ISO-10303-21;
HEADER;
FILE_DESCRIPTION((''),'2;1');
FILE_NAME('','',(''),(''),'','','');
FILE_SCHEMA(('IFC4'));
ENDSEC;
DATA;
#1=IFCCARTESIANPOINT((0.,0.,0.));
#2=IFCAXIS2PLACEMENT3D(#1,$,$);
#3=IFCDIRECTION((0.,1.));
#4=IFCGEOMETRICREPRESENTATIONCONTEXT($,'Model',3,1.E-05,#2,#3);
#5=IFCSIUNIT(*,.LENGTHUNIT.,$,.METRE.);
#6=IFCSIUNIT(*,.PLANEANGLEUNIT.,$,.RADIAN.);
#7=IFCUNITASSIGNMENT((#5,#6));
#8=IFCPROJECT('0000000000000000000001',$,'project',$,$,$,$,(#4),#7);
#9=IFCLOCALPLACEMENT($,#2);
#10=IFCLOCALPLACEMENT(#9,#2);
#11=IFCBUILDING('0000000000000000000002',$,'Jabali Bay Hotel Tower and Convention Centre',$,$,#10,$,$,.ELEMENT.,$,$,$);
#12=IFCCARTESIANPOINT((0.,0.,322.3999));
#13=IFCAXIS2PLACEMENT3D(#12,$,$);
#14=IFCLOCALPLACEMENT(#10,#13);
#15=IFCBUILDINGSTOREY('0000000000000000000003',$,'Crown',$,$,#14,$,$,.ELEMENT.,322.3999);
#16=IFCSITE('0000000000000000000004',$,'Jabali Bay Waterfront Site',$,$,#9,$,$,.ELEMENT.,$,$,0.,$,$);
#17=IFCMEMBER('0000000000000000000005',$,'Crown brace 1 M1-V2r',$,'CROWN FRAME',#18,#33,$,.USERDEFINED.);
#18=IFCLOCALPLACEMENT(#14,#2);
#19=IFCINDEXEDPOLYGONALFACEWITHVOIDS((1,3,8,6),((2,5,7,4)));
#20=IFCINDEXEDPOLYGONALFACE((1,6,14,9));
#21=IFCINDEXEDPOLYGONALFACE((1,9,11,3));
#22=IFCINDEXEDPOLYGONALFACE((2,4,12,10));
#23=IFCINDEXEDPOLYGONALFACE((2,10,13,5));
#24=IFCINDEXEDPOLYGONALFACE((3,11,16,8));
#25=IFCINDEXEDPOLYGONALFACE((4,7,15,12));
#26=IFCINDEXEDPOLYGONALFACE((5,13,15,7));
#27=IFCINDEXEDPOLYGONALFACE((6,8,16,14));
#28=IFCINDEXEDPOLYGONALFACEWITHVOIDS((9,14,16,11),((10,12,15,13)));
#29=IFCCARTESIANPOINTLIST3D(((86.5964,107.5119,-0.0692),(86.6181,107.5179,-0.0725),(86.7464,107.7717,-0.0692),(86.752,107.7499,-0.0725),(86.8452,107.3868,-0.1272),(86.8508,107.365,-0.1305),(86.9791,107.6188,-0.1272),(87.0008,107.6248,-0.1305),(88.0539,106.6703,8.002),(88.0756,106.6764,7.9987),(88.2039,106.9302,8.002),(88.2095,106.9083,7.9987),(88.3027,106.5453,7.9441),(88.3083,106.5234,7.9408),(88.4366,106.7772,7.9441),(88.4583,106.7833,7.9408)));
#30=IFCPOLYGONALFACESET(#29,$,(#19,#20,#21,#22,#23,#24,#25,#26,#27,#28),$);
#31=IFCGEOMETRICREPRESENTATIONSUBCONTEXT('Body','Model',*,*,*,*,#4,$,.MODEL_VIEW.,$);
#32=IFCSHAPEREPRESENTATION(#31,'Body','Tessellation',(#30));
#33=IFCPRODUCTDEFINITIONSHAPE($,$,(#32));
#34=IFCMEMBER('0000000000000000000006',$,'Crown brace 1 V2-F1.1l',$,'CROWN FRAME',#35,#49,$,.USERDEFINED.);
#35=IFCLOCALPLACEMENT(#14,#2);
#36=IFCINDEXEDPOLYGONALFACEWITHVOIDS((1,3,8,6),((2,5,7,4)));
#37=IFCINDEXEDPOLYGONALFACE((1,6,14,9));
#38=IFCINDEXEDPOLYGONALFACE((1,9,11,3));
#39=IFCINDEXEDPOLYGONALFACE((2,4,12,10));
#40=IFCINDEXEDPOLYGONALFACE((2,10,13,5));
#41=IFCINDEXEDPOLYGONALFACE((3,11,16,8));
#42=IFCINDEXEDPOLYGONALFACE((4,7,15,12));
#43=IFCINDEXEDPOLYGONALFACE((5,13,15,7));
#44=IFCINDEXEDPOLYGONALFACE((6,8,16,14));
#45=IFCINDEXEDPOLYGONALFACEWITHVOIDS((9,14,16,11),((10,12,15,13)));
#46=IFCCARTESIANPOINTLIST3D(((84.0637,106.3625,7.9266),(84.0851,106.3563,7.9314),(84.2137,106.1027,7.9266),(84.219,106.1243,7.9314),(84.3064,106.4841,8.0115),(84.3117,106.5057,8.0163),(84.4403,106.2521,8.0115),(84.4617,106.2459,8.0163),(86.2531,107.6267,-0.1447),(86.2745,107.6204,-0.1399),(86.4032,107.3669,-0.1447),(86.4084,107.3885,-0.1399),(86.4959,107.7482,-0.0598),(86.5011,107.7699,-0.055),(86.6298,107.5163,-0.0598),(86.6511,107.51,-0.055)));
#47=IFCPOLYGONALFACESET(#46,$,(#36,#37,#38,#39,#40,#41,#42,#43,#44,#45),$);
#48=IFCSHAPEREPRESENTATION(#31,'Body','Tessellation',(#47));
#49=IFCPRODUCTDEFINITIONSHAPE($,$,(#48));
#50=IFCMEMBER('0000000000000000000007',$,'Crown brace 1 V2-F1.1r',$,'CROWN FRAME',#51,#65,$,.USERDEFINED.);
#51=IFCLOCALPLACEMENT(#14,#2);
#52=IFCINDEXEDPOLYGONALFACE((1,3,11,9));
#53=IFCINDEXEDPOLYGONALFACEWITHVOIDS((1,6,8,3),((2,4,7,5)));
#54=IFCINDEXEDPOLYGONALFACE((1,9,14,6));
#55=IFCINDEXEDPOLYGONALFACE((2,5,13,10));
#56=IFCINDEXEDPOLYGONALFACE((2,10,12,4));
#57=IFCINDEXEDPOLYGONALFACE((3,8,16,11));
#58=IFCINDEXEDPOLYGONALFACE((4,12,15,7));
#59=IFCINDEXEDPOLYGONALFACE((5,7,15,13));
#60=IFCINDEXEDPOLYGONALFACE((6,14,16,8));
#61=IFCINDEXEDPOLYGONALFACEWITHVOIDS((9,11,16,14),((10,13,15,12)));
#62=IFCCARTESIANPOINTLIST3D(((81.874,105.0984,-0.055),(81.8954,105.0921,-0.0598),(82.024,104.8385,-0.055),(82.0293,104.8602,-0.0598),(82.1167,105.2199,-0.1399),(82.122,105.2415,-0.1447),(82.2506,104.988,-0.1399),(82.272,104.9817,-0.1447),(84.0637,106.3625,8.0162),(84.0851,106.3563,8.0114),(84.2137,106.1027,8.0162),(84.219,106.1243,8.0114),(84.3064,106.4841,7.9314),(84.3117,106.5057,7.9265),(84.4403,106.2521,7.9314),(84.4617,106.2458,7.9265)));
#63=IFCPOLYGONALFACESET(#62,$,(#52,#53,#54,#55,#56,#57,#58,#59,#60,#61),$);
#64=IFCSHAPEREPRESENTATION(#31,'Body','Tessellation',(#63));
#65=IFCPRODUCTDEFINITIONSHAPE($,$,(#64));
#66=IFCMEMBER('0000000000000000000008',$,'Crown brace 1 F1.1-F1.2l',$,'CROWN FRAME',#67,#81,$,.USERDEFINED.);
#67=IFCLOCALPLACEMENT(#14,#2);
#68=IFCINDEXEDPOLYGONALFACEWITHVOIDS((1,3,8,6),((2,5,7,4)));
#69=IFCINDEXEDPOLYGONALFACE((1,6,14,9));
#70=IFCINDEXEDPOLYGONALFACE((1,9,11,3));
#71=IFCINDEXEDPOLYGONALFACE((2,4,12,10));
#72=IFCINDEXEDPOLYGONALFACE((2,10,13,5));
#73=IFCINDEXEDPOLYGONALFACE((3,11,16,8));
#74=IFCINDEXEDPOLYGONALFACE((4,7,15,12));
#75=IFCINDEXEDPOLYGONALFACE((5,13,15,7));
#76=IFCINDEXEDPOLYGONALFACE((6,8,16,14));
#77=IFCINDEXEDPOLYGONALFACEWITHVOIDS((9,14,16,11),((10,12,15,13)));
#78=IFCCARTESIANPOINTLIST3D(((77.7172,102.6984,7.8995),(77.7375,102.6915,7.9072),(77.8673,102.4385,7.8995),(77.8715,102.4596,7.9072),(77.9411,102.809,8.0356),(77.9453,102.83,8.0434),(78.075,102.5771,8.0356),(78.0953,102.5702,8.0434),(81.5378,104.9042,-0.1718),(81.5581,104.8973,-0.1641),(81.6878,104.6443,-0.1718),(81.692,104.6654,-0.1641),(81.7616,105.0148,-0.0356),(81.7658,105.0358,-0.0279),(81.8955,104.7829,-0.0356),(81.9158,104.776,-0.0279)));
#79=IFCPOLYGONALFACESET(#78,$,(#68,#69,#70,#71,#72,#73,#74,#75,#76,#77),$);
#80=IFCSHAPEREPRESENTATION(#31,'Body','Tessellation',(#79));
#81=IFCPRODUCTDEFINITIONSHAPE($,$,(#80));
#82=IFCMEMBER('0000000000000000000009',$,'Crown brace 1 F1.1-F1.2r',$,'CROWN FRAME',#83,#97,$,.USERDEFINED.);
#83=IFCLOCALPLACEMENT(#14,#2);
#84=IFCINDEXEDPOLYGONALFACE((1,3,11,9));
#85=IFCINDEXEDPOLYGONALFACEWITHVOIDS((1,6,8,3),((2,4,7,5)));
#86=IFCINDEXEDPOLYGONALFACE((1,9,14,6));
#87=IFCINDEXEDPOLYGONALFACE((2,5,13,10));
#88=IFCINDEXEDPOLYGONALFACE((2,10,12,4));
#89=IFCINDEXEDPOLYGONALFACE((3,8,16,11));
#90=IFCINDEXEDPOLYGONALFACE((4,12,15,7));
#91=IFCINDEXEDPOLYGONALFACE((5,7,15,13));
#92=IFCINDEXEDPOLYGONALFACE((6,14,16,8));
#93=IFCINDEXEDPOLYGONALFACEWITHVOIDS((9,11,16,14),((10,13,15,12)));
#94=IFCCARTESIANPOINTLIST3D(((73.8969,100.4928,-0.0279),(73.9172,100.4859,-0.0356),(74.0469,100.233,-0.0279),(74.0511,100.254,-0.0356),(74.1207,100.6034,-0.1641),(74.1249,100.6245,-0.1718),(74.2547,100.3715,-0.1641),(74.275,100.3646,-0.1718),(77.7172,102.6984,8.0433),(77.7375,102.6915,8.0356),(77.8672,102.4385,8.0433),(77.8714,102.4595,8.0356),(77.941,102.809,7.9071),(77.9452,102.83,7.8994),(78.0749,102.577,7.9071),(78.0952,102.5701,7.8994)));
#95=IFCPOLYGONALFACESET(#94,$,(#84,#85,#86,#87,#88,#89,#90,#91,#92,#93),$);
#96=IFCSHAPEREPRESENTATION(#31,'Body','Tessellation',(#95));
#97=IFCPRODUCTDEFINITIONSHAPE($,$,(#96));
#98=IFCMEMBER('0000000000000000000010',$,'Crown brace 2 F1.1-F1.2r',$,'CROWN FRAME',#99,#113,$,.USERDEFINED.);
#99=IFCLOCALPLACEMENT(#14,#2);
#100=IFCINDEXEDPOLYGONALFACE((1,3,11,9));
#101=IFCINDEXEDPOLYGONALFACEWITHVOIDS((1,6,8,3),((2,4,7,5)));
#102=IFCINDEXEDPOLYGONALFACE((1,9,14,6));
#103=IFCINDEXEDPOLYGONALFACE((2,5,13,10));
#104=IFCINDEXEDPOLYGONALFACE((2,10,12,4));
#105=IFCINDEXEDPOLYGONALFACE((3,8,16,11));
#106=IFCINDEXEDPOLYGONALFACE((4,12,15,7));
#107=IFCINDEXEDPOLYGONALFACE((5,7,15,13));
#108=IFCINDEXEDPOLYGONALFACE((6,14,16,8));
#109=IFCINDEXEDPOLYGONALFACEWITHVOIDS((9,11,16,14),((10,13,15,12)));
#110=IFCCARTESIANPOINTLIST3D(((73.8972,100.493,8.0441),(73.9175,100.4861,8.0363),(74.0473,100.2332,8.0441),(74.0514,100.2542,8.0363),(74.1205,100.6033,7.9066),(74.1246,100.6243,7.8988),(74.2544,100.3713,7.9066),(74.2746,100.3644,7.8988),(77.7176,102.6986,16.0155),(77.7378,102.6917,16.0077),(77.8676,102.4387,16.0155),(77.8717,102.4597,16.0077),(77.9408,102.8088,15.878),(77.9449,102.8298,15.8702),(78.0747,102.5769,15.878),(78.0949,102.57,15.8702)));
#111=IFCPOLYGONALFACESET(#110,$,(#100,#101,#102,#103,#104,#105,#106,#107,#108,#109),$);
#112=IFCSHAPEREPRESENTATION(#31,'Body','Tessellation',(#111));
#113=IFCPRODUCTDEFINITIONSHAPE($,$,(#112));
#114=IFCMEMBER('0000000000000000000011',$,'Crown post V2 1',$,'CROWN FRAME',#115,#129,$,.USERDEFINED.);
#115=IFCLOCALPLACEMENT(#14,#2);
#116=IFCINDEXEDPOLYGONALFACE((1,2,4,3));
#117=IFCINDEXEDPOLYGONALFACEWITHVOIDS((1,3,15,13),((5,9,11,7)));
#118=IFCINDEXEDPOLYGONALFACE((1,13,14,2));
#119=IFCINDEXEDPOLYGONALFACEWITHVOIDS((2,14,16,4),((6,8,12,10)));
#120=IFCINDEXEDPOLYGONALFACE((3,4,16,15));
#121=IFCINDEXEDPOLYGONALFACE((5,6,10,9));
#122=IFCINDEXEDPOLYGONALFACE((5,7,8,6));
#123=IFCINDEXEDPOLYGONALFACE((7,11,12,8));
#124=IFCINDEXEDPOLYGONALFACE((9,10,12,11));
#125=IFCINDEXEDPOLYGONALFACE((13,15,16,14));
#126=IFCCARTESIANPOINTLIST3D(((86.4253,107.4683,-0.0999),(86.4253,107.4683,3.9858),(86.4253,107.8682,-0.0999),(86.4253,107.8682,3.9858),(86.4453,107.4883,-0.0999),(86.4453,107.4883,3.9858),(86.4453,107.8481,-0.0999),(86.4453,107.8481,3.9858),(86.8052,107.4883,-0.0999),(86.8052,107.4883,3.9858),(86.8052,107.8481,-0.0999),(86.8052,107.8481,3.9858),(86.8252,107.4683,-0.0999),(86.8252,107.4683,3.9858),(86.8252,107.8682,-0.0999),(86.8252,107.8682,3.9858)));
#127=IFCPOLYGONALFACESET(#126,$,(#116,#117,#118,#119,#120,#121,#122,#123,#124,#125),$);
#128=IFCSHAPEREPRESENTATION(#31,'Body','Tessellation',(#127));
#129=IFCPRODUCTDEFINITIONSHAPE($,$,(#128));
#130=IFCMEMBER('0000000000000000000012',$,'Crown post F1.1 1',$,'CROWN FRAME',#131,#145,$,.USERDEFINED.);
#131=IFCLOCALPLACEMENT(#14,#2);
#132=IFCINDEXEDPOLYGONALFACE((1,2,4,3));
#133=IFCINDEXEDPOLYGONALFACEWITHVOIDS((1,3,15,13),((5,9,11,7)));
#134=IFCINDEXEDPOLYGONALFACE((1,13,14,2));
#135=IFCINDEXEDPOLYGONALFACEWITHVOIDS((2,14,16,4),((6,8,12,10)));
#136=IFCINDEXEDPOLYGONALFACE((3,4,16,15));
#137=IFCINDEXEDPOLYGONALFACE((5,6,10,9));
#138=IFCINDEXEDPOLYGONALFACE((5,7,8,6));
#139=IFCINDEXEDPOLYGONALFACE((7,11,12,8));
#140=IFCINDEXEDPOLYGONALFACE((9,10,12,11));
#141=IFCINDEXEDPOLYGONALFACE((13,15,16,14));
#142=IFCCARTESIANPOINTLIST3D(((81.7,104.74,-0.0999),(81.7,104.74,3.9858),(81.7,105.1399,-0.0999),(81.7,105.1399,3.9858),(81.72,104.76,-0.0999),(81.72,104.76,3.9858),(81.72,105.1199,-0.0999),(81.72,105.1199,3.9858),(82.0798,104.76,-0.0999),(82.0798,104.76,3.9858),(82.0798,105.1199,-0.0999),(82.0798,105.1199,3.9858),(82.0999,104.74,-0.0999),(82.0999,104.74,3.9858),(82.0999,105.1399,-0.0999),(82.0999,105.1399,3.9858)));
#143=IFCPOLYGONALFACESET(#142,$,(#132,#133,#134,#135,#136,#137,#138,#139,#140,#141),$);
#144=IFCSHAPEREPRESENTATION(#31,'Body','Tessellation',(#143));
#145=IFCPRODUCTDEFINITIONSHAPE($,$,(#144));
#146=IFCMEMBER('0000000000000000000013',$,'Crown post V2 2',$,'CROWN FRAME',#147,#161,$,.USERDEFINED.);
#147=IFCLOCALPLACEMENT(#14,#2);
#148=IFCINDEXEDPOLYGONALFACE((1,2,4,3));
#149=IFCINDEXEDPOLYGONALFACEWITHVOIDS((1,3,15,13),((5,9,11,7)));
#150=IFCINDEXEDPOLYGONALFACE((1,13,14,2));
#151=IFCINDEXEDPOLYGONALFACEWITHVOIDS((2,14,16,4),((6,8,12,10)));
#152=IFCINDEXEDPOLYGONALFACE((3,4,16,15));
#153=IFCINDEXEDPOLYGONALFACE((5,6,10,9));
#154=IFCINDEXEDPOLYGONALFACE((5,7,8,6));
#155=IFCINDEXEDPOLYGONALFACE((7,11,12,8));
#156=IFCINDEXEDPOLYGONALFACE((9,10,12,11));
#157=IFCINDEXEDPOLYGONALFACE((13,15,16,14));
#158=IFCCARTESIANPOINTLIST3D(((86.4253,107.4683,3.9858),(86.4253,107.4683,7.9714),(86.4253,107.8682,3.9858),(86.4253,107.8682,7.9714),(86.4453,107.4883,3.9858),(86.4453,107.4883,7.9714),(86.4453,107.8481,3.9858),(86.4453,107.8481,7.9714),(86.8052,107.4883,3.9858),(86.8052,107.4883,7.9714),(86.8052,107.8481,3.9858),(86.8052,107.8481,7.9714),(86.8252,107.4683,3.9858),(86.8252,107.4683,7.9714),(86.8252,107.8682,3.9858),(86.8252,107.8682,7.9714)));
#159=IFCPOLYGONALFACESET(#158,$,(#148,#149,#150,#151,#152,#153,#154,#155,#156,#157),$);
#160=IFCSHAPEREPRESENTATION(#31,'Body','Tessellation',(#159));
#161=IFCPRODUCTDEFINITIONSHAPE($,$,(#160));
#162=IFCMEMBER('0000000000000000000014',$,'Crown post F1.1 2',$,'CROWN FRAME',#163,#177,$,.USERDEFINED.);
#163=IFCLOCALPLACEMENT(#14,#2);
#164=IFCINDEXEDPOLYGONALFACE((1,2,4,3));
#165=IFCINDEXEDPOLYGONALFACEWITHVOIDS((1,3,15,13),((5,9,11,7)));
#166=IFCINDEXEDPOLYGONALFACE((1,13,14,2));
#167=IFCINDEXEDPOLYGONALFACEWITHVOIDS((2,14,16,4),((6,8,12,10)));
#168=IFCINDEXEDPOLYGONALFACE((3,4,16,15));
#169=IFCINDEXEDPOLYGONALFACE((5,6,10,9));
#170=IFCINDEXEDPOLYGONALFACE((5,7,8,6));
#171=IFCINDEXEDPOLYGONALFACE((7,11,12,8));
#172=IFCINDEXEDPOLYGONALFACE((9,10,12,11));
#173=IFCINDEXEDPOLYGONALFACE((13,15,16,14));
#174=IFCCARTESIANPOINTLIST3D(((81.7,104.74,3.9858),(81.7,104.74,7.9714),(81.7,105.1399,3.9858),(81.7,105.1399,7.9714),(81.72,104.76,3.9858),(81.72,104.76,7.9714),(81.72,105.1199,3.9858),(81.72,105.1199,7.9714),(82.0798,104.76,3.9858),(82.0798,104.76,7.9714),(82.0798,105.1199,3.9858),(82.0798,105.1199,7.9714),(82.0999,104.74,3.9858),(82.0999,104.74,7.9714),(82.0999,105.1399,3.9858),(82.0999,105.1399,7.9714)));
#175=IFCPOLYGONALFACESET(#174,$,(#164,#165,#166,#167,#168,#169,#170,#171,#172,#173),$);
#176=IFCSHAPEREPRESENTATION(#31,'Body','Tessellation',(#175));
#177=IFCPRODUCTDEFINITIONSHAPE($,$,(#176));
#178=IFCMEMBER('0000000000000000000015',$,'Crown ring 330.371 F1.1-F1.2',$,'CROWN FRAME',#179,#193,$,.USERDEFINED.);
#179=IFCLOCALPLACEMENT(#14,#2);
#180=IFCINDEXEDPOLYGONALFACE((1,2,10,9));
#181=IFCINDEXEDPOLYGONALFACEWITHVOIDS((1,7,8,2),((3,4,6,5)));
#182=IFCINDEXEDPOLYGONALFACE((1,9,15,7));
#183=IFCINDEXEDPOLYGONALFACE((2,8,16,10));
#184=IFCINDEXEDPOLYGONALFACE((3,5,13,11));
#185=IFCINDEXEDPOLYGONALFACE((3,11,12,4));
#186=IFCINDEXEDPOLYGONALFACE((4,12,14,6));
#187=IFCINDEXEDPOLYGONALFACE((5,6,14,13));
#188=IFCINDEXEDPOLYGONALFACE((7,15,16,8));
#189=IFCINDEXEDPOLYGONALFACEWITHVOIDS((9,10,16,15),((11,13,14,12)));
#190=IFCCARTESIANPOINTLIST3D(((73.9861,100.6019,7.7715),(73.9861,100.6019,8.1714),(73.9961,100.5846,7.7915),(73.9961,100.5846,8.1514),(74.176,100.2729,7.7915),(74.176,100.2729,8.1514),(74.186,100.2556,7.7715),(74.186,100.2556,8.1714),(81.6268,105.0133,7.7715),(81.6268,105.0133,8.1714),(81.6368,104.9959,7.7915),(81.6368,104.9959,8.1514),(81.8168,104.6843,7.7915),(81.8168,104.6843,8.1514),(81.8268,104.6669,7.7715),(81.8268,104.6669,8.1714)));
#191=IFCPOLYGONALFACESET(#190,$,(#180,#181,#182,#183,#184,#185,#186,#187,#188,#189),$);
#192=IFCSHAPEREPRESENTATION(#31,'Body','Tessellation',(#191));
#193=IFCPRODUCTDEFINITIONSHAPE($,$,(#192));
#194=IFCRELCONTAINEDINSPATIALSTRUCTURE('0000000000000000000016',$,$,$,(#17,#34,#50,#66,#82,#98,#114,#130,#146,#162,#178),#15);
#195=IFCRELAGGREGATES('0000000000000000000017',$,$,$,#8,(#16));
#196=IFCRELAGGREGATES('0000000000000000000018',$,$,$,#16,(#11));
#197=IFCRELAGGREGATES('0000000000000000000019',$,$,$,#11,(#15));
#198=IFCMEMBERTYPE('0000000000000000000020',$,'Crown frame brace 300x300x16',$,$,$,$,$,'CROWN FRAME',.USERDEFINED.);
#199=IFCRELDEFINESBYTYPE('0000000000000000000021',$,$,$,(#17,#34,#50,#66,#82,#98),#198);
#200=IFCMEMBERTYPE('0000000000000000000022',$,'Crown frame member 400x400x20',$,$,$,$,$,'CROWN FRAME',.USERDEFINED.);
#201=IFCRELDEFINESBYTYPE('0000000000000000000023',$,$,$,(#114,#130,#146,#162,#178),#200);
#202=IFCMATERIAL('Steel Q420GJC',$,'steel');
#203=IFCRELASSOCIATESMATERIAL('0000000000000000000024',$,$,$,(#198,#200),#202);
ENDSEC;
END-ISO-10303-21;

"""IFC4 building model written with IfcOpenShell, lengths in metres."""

from ifc_helpers import new_model, si_unit, direction, frame, origin, origin_2d, place, context, subcontext, project, spatial, hollow_rectangle, extrude, material, material_profile, profile_set, type_object, element, save


model = new_model("IFC4")

# Units and contexts
model_context = context("Model", 3, precision=1e-05, world=origin(), true_north=direction((0.0, 1.0)))
body_context = subcontext(model_context, "Body", "Model", "MODEL_VIEW")
ifc_project = project(units=[si_unit("LENGTHUNIT", "METRE"), si_unit("PLANEANGLEUNIT", "RADIAN")], contexts=[model_context])

# Site, building, storey
site_placement = place(None, origin())
site = spatial("IfcSite", under=ifc_project, at=site_placement, Name="Jabali Bay Waterfront Site", CompositionType="ELEMENT", RefElevation=0.0)
building_placement = place(site_placement, origin())
building = spatial("IfcBuilding", under=site, at=building_placement, Name="Jabali Bay Hotel Tower and Convention Centre", CompositionType="ELEMENT")
storey_placement = place(building_placement, frame((0.0, 0.0, 322.3999)))
storey = spatial("IfcBuildingStorey", under=building, at=storey_placement, Name="Crown", CompositionType="ELEMENT", Elevation=322.3999)

# Members
ifc_material_1 = material(Name="Steel Q420GJC", Category="steel")
ifc_material_profile_1 = material_profile(ifc_material_1, hollow_rectangle(XDim=0.3, YDim=0.3, WallThickness=0.0161, at=origin_2d()), Name="Crown frame brace 300x300x16")
ifc_profile_set_1 = profile_set([ifc_material_profile_1], Name="Steel Q420GJC")
member_type_1 = type_object("IfcMemberType", Name="Crown frame brace 300x300x16", ElementType="CROWN FRAME", PredefinedType="USERDEFINED", material=ifc_profile_set_1)
member_1_placement = place(storey_placement, frame((86.7986, 107.5684, -0.0999), z_axis=(0.176778, -0.10207, 0.978944), x_axis=(0.500024, 0.866012, 0.0)))
element("IfcMember", 1, at=member_1_placement, inside=storey, type_object=member_type_1, Name="Crown brace 1 M1-V2r", ObjectType="CROWN FRAME", PredefinedType="USERDEFINED", context=body_context, shape_type="SweptSolid", body=[
    extrude(hollow_rectangle(XDim=0.3, YDim=0.3, WallThickness=0.0161, at=origin_2d()), origin(), (0.0, 0.0, 1.0), 8.2449),
])
for number, where, z_axis, x_axis, name in (
    (2, (86.4521, 107.5684, -0.0999), (-0.258862, -0.149464, 0.95428), (0.500023, -0.866012, 0.0), "Crown brace 1 V2-F1.1l"),
    (3, (82.073, 105.04, -0.0999), (0.258889, 0.149462, 0.954273), (-0.499982, 0.866036, 0.0), "Crown brace 1 V2-F1.1r"),
):
    element("IfcMember", number, at=place(storey_placement, frame(where, z_axis=z_axis, x_axis=x_axis)), inside=storey, type_object=member_type_1, Name=name, ObjectType="CROWN FRAME", PredefinedType="USERDEFINED", context=body_context, shape_type="SweptSolid", body=[
        extrude(hollow_rectangle(XDim=0.3, YDim=0.3, WallThickness=0.0161, at=origin_2d()), origin(), (0.0, 0.0, 1.0), 8.458),
    ])
member_2_placement = place(storey_placement, frame((81.7268, 104.8401, -0.0999), z_axis=(-0.415357, -0.239807, 0.87748), x_axis=(0.500002, -0.866024, 0.0)))
element("IfcMember", 4, at=member_2_placement, inside=storey, type_object=member_type_1, Name="Crown brace 1 F1.1-F1.2l", ObjectType="CROWN FRAME", PredefinedType="USERDEFINED", context=body_context, shape_type="SweptSolid", body=[
    extrude(hollow_rectangle(XDim=0.3, YDim=0.3, WallThickness=0.0161, at=origin_2d()), origin(), (0.0, 0.0, 1.0), 9.1982),
])
member_3_placement = place(storey_placement, frame((74.0859, 100.4287, -0.0999), z_axis=(0.415337, 0.239785, 0.877495), x_axis=(-0.499984, 0.866034, 0.0)))
element("IfcMember", 5, at=member_3_placement, inside=storey, type_object=member_type_1, Name="Crown brace 1 F1.1-F1.2r", ObjectType="CROWN FRAME", PredefinedType="USERDEFINED", context=body_context, shape_type="SweptSolid", body=[
    extrude(hollow_rectangle(XDim=0.3, YDim=0.3, WallThickness=0.0161, at=origin_2d()), origin(), (0.0, 0.0, 1.0), 9.198),
])
member_4_placement = place(storey_placement, frame((74.0859, 100.4287, 7.9714), z_axis=(0.419326, 0.242088, 0.874962), x_axis=(-0.499984, 0.866034, 0.0)))
element("IfcMember", 6, at=member_4_placement, inside=storey, type_object=member_type_1, Name="Crown brace 2 F1.1-F1.2r", ObjectType="CROWN FRAME", PredefinedType="USERDEFINED", context=body_context, shape_type="SweptSolid", body=[
    extrude(hollow_rectangle(XDim=0.3, YDim=0.3, WallThickness=0.0161, at=origin_2d()), origin(), (0.0, 0.0, 1.0), 9.1106),
])
ifc_material_profile_2 = material_profile(ifc_material_1, hollow_rectangle(XDim=0.3999, YDim=0.3999, WallThickness=0.02, at=origin_2d()), Name="Crown frame member 400x400x20")
ifc_profile_set_2 = profile_set([ifc_material_profile_2], Name="Steel Q420GJC")
member_type_2 = type_object("IfcMemberType", Name="Crown frame member 400x400x20", ElementType="CROWN FRAME", PredefinedType="USERDEFINED", material=ifc_profile_set_2)
for number, where, z_axis, x_axis, name in (
    (7, (86.6252, 107.6682, -0.0999), (0.0, 0.0, 1.0), (1.0, 0.0, 0.0), "Crown post V2 1"),
    (8, (81.8999, 104.9399, -0.0999), (0.0, 0.0, 1.0), (1.0, 0.0, 0.0), "Crown post F1.1 1"),
):
    element("IfcMember", number, at=place(storey_placement, frame(where, z_axis=z_axis, x_axis=x_axis)), inside=storey, type_object=member_type_2, Name=name, ObjectType="CROWN FRAME", PredefinedType="USERDEFINED", context=body_context, shape_type="SweptSolid", body=[
        extrude(hollow_rectangle(XDim=0.3999, YDim=0.3999, WallThickness=0.02, at=origin_2d()), origin(), (0.0, 0.0, 1.0), 4.0857),
    ])
for number, where, z_axis, x_axis, name in (
    (9, (86.6252, 107.6682, 3.9858), (0.0, 0.0, 1.0), (1.0, 0.0, 0.0), "Crown post V2 2"),
    (10, (81.8999, 104.9399, 3.9858), (0.0, 0.0, 1.0), (1.0, 0.0, 0.0), "Crown post F1.1 2"),
):
    element("IfcMember", number, at=place(storey_placement, frame(where, z_axis=z_axis, x_axis=x_axis)), inside=storey, type_object=member_type_2, Name=name, ObjectType="CROWN FRAME", PredefinedType="USERDEFINED", context=body_context, shape_type="SweptSolid", body=[
        extrude(hollow_rectangle(XDim=0.3999, YDim=0.3999, WallThickness=0.02, at=origin_2d()), origin(), (0.0, 0.0, 1.0), 3.9856),
    ])
member_5_placement = place(storey_placement, frame((81.7268, 104.8401, 7.9714), z_axis=(-0.866029, -0.499993, 0.0), x_axis=(0.499993, -0.866029, 0.0)))
element("IfcMember", 11, at=member_5_placement, inside=storey, type_object=member_type_2, Name="Crown ring 330.371 F1.1-F1.2", ObjectType="CROWN FRAME", PredefinedType="USERDEFINED", context=body_context, shape_type="SweptSolid", body=[
    extrude(hollow_rectangle(XDim=0.3999, YDim=0.3999, WallThickness=0.02, at=origin_2d()), origin(), (0.0, 0.0, 1.0), 8.8228),
])

save(model, "model.ifc")
